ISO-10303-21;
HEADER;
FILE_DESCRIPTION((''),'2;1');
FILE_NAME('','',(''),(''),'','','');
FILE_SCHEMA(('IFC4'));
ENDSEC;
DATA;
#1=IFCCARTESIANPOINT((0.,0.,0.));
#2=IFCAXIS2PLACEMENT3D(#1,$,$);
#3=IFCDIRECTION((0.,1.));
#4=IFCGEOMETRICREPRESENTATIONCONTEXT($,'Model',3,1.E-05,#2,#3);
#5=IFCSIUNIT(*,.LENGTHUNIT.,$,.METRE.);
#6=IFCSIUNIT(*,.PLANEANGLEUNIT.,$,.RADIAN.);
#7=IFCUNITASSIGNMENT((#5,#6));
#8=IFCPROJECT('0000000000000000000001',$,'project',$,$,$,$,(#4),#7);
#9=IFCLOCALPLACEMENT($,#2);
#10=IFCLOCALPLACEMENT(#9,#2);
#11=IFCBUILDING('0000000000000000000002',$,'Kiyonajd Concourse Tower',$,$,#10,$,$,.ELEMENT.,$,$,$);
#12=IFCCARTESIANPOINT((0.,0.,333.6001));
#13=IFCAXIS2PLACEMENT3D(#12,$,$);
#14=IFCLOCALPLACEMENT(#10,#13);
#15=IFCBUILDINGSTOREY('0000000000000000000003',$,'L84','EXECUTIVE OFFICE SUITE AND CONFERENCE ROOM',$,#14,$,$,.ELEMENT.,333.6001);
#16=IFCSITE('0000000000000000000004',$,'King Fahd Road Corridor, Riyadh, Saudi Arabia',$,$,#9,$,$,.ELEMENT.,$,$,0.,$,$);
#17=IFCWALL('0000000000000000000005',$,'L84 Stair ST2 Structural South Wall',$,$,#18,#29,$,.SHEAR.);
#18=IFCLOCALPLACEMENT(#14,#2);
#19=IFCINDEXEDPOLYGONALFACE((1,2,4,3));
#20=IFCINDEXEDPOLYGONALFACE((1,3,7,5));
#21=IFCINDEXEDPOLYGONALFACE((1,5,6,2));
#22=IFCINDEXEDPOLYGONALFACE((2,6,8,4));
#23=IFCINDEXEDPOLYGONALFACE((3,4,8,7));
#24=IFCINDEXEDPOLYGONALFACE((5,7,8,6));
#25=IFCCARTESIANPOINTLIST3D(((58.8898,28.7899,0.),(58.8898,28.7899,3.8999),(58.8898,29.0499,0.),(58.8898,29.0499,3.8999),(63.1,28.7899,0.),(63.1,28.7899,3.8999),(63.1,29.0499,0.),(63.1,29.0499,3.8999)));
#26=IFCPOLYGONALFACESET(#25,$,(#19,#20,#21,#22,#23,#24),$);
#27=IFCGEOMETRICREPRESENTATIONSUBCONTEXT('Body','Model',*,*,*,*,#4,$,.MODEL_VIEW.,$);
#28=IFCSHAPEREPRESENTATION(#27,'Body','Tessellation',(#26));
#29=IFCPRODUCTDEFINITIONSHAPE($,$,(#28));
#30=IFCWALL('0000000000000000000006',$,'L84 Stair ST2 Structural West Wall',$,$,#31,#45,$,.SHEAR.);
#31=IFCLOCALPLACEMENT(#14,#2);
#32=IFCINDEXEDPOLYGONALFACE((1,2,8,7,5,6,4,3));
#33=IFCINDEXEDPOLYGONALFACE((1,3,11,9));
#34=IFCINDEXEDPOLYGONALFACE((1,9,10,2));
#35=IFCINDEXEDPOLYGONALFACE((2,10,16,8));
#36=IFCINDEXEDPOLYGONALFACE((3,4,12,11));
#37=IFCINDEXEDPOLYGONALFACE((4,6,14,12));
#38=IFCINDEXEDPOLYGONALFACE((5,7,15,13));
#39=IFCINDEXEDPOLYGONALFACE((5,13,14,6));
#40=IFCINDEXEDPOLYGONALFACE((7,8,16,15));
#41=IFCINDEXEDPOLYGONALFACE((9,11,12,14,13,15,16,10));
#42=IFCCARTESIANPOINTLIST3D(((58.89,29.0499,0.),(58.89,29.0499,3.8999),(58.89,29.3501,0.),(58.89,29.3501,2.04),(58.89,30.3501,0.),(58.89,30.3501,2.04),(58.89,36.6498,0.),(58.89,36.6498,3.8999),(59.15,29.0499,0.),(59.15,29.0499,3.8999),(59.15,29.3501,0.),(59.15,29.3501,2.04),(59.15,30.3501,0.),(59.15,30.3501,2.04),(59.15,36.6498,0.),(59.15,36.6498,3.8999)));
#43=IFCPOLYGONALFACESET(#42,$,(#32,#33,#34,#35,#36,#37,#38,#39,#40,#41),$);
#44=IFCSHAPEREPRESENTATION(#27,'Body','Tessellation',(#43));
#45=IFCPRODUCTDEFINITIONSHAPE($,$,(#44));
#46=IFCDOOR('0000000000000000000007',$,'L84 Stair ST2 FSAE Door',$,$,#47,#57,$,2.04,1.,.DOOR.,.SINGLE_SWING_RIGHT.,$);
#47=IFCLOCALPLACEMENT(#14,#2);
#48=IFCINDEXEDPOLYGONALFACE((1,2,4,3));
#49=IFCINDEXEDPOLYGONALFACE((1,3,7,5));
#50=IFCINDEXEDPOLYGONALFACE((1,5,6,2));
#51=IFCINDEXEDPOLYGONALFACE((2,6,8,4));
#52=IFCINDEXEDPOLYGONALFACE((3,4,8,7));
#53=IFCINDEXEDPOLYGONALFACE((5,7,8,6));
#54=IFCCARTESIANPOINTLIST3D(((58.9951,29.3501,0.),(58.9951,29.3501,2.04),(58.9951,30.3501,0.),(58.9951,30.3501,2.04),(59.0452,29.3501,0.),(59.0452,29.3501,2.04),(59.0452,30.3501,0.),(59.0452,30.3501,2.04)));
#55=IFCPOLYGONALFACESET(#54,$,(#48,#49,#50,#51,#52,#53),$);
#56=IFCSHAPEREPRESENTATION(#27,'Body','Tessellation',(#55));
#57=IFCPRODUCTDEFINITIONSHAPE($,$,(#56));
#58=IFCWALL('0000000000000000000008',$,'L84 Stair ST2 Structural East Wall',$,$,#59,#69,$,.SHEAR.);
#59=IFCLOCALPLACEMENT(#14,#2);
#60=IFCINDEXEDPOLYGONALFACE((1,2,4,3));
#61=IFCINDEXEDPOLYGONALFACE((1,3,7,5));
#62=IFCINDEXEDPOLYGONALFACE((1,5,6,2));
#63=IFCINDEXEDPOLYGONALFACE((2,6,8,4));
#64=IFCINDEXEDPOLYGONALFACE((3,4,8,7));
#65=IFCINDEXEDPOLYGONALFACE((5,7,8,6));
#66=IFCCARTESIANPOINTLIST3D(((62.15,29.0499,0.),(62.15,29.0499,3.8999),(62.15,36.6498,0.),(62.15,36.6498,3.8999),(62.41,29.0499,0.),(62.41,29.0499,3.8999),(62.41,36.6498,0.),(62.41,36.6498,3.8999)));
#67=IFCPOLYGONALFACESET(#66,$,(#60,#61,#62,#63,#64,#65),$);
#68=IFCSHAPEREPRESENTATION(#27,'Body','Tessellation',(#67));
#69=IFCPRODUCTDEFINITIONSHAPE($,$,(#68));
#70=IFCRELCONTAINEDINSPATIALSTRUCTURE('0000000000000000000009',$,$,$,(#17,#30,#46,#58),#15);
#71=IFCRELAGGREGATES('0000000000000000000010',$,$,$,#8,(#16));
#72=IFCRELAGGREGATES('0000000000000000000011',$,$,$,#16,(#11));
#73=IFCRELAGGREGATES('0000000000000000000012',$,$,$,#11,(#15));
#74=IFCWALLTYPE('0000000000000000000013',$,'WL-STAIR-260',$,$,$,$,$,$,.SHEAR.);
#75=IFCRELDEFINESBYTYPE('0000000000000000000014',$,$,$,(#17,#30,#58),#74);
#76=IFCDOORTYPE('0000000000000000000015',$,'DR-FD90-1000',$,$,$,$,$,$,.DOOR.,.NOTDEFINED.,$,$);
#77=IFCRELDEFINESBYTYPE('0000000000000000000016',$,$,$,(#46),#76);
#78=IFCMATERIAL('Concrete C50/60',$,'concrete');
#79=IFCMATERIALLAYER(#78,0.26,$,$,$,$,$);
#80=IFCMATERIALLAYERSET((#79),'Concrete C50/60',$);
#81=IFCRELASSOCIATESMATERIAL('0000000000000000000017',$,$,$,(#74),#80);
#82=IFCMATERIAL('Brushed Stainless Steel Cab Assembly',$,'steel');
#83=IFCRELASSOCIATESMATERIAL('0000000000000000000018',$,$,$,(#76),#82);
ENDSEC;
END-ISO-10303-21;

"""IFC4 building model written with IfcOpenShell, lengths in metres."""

from ifc_helpers import new_model, si_unit, direction, frame, frame_2d, origin, place, context, subcontext, project, spatial, rectangle, extrude, material, layer, layer_set, type_object, element, fill, save


model = new_model("IFC4")

# Units and contexts
model_context = context("Model", 3, precision=1e-05, world=origin(), true_north=direction((0.0, 1.0)))
body_context = subcontext(model_context, "Body", "Model", "MODEL_VIEW")
ifc_project = project(units=[si_unit("LENGTHUNIT", "METRE"), si_unit("PLANEANGLEUNIT", "RADIAN")], contexts=[model_context])

# Site, building, storey
site_placement = place(None, origin())
site = spatial("IfcSite", under=ifc_project, at=site_placement, Name="King Fahd Road Corridor, Riyadh, Saudi Arabia", CompositionType="ELEMENT", RefElevation=0.0)
building_placement = place(site_placement, origin())
building = spatial("IfcBuilding", under=site, at=building_placement, Name="Kiyonajd Concourse Tower", CompositionType="ELEMENT")
storey_placement = place(building_placement, frame((0.0, 0.0, 333.6001)))
storey = spatial("IfcBuildingStorey", under=building, at=storey_placement, Name="L84", Description="EXECUTIVE OFFICE SUITE AND CONFERENCE ROOM", CompositionType="ELEMENT", Elevation=333.6001)

# Wall
ifc_material_1 = material(Name="Concrete C50/60", Category="concrete")
ifc_layer_1 = layer(ifc_material_1, 0.26)
ifc_layer_set_1 = layer_set([ifc_layer_1], Name="Concrete C50/60")
wall_type_1 = type_object("IfcWallType", Name="WL-STAIR-260", PredefinedType="SHEAR", material=ifc_layer_set_1)
wall_1_placement = place(storey_placement, frame((58.8899, 28.9199, 0.0), z_axis=(0.0, 0.0, 1.0), x_axis=(1.0, 0.0, 0.0)))
element("IfcWall", 1, at=wall_1_placement, inside=storey, type_object=wall_type_1, Name="L84 Stair ST2 Structural South Wall", PredefinedType="SHEAR", context=body_context, shape_type="SweptSolid", body=[
    extrude(rectangle(XDim=4.2102, YDim=0.26, at=frame_2d((2.105, 0.0))), origin(), (0.0, 0.0, 1.0), 3.8999),
])

# Wall, opening, door
wall_2_placement = place(storey_placement, frame((59.02, 29.05, 0.0), z_axis=(0.0, 0.0, 1.0), x_axis=(0.0, 1.0, 0.0)))
wall_2 = element("IfcWall", 2, at=wall_2_placement, inside=storey, type_object=wall_type_1, Name="L84 Stair ST2 Structural West Wall", PredefinedType="SHEAR", context=body_context, shape_type="SweptSolid", body=[
    extrude(rectangle(XDim=7.5999, YDim=0.26, at=frame_2d((3.7998, 0.0))), origin(), (0.0, 0.0, 1.0), 3.8999),
])
opening_1_placement = place(wall_2_placement, frame((0.3, 0.0, 0.0)))
opening_1 = element("IfcOpeningElement", 3, at=opening_1_placement, cuts=wall_2, PredefinedType="OPENING", context=body_context, shape_type="SweptSolid", body=[
    extrude(rectangle(XDim=1.0, YDim=2.04, at=frame_2d((0.5, 1.02))), frame((0.0, 0.1399, 0.0), z_axis=(0.0, -1.0, 0.0), x_axis=(1.0, 0.0, 0.0)), (0.0, 0.0, 1.0), 0.28),
])
ifc_material_2 = material(Name="Brushed Stainless Steel Cab Assembly", Category="steel")
door_type_1 = type_object("IfcDoorType", Name="DR-FD90-1000", OperationType="NOTDEFINED", PredefinedType="DOOR", material=ifc_material_2)
door_1_placement = place(opening_1_placement, origin())
door_1 = element("IfcDoor", 4, at=door_1_placement, inside=storey, type_object=door_type_1, Name="L84 Stair ST2 FSAE Door", OperationType="SINGLE_SWING_RIGHT", OverallHeight=2.04, OverallWidth=1.0, PredefinedType="DOOR", context=body_context, shape_type="SweptSolid", body=[
    extrude(rectangle(XDim=1.0, YDim=2.04, at=frame_2d((0.5, 1.02))), frame((0.0, 0.0249, 0.0), z_axis=(0.0, -1.0, 0.0), x_axis=(1.0, 0.0, 0.0)), (0.0, 0.0, 1.0), 0.05),
])
fill(opening_1, door_1)

# Wall
wall_3_placement = place(storey_placement, frame((62.28, 29.05, 0.0), z_axis=(0.0, 0.0, 1.0), x_axis=(0.0, 1.0, 0.0)))
element("IfcWall", 5, at=wall_3_placement, inside=storey, type_object=wall_type_1, Name="L84 Stair ST2 Structural East Wall", PredefinedType="SHEAR", context=body_context, shape_type="SweptSolid", body=[
    extrude(rectangle(XDim=7.5999, YDim=0.26, at=frame_2d((3.7998, 0.0))), origin(), (0.0, 0.0, 1.0), 3.8999),
])

save(model, "model.ifc")
